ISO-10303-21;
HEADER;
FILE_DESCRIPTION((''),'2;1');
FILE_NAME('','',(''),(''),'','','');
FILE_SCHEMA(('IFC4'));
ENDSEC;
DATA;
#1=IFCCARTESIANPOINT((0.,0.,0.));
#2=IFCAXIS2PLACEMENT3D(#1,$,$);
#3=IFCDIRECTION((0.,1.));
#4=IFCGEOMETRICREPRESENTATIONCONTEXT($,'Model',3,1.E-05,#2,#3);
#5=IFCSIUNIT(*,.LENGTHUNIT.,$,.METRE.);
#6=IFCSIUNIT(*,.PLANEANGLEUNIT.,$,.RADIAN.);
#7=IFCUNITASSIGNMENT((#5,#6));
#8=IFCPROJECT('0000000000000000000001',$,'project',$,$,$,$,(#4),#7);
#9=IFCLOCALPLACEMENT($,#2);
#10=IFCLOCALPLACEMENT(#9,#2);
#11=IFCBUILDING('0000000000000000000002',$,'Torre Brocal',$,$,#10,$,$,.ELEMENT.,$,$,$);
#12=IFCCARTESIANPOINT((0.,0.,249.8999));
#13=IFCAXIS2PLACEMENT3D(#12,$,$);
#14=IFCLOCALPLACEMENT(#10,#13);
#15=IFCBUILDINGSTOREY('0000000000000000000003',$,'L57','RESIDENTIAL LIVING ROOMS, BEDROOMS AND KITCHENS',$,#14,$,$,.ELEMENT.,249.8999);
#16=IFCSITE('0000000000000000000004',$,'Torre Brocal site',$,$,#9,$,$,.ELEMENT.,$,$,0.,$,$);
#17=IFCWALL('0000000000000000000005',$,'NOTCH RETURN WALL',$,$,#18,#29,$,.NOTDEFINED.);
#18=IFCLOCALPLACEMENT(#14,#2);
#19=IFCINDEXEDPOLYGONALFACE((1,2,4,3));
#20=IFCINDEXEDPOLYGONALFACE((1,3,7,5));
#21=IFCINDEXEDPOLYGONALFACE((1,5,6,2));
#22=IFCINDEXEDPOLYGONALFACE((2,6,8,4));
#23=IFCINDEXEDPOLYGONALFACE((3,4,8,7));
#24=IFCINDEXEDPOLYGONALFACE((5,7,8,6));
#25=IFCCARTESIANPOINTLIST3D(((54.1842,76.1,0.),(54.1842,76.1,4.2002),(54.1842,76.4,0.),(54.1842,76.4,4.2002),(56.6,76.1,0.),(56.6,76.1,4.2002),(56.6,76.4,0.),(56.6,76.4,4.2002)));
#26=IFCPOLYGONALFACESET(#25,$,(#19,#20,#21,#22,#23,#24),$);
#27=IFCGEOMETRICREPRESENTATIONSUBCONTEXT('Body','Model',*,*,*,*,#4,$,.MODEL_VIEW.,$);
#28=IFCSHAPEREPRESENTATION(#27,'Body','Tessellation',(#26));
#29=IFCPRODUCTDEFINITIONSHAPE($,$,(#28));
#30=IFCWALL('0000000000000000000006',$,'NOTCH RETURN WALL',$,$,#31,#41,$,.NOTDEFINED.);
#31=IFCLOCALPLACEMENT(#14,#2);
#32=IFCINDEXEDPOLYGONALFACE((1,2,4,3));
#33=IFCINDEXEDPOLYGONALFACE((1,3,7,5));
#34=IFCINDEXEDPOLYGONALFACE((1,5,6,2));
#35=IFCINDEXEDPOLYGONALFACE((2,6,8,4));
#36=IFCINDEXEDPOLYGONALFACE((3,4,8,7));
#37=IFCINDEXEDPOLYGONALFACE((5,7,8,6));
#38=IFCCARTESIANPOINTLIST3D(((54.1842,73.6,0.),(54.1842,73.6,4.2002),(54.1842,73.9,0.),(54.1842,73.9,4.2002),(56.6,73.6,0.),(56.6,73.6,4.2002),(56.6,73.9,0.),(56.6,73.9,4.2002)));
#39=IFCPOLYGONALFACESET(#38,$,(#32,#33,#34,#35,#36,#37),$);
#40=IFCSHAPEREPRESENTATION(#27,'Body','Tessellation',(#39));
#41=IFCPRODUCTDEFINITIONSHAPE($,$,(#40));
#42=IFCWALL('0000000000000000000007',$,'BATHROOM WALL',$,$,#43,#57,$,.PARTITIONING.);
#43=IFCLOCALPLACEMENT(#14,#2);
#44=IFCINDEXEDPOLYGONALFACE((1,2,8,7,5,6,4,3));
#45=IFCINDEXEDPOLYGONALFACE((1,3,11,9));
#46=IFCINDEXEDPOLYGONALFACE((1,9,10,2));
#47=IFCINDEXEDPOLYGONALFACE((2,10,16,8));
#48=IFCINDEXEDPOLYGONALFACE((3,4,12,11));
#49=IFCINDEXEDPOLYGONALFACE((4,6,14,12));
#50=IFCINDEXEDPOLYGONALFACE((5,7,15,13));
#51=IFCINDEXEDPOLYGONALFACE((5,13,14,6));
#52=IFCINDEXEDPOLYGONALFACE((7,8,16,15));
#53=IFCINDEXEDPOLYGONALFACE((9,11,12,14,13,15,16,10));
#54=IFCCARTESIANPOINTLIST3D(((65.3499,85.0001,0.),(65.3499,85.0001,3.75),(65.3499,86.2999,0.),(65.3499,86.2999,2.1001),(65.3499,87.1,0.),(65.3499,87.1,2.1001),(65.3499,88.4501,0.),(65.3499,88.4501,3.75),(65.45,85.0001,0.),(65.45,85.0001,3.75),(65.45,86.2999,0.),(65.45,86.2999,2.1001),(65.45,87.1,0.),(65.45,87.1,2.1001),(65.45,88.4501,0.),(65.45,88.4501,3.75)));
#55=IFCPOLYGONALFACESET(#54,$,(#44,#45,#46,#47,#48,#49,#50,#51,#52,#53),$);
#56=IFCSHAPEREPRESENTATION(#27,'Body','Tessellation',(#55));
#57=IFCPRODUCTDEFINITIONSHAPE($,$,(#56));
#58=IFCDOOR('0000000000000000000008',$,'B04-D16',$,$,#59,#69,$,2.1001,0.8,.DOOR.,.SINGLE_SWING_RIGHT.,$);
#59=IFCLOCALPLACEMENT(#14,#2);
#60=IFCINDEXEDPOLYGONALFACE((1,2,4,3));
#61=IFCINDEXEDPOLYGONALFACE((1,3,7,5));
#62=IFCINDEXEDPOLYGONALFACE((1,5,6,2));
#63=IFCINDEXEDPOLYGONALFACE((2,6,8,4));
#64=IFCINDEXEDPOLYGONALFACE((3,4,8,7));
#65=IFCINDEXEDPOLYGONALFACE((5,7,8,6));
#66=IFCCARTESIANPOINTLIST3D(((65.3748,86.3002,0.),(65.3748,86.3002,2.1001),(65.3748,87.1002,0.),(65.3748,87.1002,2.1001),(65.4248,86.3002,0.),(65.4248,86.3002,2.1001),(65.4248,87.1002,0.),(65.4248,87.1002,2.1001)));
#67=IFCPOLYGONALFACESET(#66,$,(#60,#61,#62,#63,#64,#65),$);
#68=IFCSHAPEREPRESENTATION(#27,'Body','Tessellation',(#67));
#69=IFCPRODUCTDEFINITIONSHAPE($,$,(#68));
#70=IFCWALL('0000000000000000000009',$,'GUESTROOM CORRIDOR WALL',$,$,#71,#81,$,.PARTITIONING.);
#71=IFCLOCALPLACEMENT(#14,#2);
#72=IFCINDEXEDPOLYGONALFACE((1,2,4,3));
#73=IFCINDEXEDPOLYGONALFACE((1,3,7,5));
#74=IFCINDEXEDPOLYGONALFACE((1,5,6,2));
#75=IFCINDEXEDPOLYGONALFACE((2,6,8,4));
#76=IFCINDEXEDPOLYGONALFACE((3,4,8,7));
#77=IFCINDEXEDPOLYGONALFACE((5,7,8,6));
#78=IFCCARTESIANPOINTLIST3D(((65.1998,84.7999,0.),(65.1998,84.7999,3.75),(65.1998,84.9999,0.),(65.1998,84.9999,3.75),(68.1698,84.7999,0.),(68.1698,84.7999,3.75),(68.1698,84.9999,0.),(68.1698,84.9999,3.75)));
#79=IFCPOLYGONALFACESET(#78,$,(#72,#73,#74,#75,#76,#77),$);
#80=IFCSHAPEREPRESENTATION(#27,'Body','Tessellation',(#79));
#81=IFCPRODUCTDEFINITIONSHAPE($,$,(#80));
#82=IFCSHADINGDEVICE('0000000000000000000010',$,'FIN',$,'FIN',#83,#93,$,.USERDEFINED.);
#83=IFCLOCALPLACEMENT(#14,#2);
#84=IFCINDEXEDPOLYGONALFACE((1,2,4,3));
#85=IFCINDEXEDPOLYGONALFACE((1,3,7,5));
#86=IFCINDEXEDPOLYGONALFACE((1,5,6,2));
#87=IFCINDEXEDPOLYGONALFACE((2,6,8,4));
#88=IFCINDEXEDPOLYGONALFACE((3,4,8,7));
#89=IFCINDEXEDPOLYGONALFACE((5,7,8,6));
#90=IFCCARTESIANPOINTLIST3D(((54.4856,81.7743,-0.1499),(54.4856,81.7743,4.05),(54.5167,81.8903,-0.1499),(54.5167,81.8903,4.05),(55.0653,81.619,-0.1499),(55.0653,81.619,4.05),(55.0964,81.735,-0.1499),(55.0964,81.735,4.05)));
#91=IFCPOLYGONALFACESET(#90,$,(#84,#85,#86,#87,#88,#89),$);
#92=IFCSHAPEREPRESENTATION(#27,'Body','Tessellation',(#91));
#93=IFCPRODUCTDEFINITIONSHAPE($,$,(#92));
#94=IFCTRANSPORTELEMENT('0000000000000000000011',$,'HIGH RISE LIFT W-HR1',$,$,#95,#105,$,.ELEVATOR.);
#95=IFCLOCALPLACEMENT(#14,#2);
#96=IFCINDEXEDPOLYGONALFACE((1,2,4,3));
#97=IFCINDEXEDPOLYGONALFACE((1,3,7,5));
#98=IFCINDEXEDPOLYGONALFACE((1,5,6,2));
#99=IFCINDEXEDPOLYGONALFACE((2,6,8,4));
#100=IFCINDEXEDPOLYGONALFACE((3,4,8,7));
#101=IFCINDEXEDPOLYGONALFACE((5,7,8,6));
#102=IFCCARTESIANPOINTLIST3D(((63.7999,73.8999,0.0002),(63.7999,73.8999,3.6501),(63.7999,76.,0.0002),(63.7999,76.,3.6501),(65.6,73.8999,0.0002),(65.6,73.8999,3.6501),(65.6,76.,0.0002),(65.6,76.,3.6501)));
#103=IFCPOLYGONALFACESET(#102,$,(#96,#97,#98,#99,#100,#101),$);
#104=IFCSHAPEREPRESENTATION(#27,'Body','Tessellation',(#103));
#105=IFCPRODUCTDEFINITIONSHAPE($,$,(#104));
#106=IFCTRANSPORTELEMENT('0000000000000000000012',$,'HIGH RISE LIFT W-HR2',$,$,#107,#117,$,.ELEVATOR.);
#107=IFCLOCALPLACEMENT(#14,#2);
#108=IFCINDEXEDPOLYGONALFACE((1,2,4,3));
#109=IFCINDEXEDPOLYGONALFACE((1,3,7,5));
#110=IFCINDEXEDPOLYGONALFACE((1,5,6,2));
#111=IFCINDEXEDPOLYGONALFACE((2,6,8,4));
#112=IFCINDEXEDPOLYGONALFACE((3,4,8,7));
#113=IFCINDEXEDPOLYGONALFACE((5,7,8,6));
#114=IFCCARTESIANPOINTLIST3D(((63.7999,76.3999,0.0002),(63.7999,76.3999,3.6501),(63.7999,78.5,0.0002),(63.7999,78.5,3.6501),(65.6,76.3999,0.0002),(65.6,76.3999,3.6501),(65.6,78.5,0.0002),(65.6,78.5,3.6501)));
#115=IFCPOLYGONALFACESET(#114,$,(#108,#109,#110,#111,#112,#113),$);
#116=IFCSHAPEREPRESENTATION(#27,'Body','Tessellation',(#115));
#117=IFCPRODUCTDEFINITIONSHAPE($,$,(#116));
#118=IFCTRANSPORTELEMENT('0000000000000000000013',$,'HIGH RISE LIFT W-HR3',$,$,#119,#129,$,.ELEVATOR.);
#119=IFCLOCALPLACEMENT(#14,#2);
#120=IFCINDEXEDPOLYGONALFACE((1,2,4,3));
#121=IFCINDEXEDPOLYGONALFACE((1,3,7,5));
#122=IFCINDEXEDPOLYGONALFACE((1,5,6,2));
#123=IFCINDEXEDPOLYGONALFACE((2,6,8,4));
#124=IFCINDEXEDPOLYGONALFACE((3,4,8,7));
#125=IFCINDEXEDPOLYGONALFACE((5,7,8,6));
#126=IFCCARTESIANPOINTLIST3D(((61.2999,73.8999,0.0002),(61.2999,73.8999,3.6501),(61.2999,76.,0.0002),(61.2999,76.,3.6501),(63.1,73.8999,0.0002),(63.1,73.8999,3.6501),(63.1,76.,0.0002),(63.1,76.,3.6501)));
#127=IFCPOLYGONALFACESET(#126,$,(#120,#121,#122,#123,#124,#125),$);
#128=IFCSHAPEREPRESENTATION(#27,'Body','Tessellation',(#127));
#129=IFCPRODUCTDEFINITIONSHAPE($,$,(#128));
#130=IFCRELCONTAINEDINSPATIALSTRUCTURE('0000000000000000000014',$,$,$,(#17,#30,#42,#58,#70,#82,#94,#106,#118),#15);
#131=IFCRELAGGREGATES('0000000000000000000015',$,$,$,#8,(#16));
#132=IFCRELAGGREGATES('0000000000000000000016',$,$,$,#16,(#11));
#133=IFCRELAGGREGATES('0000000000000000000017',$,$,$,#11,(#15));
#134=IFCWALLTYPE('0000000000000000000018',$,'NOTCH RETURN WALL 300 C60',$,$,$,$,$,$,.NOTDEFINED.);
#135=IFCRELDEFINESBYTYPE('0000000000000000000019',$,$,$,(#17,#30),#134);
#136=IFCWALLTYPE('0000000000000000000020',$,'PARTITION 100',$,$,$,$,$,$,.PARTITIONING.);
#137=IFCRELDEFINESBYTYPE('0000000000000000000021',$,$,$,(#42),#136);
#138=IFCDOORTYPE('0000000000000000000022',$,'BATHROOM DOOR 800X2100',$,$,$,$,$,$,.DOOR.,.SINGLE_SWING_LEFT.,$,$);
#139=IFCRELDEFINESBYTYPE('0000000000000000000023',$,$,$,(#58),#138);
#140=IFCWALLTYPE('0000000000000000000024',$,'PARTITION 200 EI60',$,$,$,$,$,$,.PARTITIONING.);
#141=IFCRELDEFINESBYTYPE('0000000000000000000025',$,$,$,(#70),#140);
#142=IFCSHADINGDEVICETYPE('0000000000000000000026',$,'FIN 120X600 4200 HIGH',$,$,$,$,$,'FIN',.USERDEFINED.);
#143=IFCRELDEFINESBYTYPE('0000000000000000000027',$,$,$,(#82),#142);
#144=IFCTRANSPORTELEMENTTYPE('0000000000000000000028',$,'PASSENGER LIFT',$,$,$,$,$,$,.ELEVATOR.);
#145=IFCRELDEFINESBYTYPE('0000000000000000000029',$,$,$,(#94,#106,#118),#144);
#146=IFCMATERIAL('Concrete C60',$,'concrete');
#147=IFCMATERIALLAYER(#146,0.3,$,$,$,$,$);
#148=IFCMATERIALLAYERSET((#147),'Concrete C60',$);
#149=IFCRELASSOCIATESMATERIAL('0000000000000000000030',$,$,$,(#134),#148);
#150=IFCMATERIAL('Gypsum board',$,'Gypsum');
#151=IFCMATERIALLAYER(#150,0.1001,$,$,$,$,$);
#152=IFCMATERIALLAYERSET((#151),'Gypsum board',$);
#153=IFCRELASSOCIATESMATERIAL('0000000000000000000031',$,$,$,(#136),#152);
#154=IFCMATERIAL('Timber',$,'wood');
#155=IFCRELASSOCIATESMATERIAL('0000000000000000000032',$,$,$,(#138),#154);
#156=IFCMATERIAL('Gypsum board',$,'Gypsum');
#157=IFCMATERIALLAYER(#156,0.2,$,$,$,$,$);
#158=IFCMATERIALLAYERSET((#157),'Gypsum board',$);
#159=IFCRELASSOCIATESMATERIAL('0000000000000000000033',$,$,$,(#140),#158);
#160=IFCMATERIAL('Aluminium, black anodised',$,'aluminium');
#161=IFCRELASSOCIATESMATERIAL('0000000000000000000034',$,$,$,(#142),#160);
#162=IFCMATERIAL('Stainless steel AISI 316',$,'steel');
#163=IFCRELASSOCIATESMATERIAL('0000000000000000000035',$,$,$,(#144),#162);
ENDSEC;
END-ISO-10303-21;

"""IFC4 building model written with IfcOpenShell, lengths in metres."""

from ifc_helpers import new_model, si_unit, direction, frame, frame_2d, origin, origin_2d, place, context, subcontext, project, spatial, rectangle, extrude, material, layer, layer_set, material_profile, profile_set, type_object, element, fill, save


model = new_model("IFC4")

# Units and contexts
model_context = context("Model", 3, precision=1e-05, world=origin(), true_north=direction((0.0, 1.0)))
body_context = subcontext(model_context, "Body", "Model", "MODEL_VIEW")
ifc_project = project(units=[si_unit("LENGTHUNIT", "METRE"), si_unit("PLANEANGLEUNIT", "RADIAN")], contexts=[model_context])

# Site, building, storey
site_placement = place(None, origin())
site = spatial("IfcSite", under=ifc_project, at=site_placement, Name="Torre Brocal site", CompositionType="ELEMENT", RefElevation=0.0)
building_placement = place(site_placement, origin())
building = spatial("IfcBuilding", under=site, at=building_placement, Name="Torre Brocal", CompositionType="ELEMENT")
storey_placement = place(building_placement, frame((0.0, 0.0, 249.8999)))
storey = spatial("IfcBuildingStorey", under=building, at=storey_placement, Name="L57", Description="RESIDENTIAL LIVING ROOMS, BEDROOMS AND KITCHENS", CompositionType="ELEMENT", Elevation=249.8999)

# Walls
ifc_material_1 = material(Name="Concrete C60", Category="concrete")
ifc_layer_1 = layer(ifc_material_1, 0.3)
ifc_layer_set_1 = layer_set([ifc_layer_1], Name="Concrete C60")
wall_type_1 = type_object("IfcWallType", Name="NOTCH RETURN WALL 300 C60", PredefinedType="NOTDEFINED", material=ifc_layer_set_1)
for number, where, z_axis, x_axis, name in (
    (1, (56.6001, 76.25, 0.0), (0.0, 0.0, 1.0), (-1.0, 0.0, 0.0), "NOTCH RETURN WALL"),
    (2, (56.6001, 73.75, 0.0), (0.0, 0.0, 1.0), (-1.0, 0.0, 0.0), "NOTCH RETURN WALL"),
):
    element("IfcWall", number, at=place(storey_placement, frame(where, z_axis=z_axis, x_axis=x_axis)), inside=storey, type_object=wall_type_1, Name=name, PredefinedType="NOTDEFINED", context=body_context, shape_type="SweptSolid", body=[
        extrude(rectangle(XDim=2.4158, YDim=0.3, at=frame_2d((1.208, 0.0))), origin(), (0.0, 0.0, 1.0), 4.2002),
    ])

# Wall, opening, door
ifc_material_2 = material(Name="Gypsum board", Category="Gypsum")
ifc_layer_2 = layer(ifc_material_2, 0.1001)
ifc_layer_set_2 = layer_set([ifc_layer_2], Name="Gypsum board")
wall_type_2 = type_object("IfcWallType", Name="PARTITION 100", PredefinedType="PARTITIONING", material=ifc_layer_set_2)
wall_1_placement = place(storey_placement, frame((65.3999, 85.0, 0.0), z_axis=(0.0, 0.0, 1.0), x_axis=(0.0, 1.0, 0.0)))
wall_1 = element("IfcWall", 3, at=wall_1_placement, inside=storey, type_object=wall_type_2, Name="BATHROOM WALL", PredefinedType="PARTITIONING", context=body_context, shape_type="SweptSolid", body=[
    extrude(rectangle(XDim=3.45, YDim=0.1001, at=frame_2d((1.7251, 0.0))), origin(), (0.0, 0.0, 1.0), 3.75),
])
opening_placement = place(wall_1_placement, frame((1.3, 0.0, 0.0)))
opening = element("IfcOpeningElement", 4, at=opening_placement, cuts=wall_1, PredefinedType="OPENING", context=body_context, shape_type="SweptSolid", body=[
    extrude(rectangle(XDim=0.8, YDim=2.1001, at=frame_2d((0.3999, 1.05))), frame((0.0, 0.0601, 0.0), z_axis=(0.0, -1.0, 0.0), x_axis=(1.0, 0.0, 0.0)), (0.0, 0.0, 1.0), 0.1201),
])
ifc_material_3 = material(Name="Timber", Category="wood")
door_type = type_object("IfcDoorType", Name="BATHROOM DOOR 800X2100", OperationType="SINGLE_SWING_LEFT", PredefinedType="DOOR", material=ifc_material_3)
door_placement = place(opening_placement, frame((0.8, 0.0, 0.0), z_axis=(0.0, 0.0, 1.0), x_axis=(-1.0, 0.0, 0.0)))
door = element("IfcDoor", 5, at=door_placement, inside=storey, type_object=door_type, Name="B04-D16", OperationType="SINGLE_SWING_RIGHT", OverallHeight=2.1001, OverallWidth=0.8, PredefinedType="DOOR", context=body_context, shape_type="SweptSolid", body=[
    extrude(rectangle(XDim=0.8, YDim=2.1001, at=frame_2d((0.3999, 1.05))), frame((0.0, 0.0249, 0.0), z_axis=(0.0, -1.0, 0.0), x_axis=(1.0, 0.0, 0.0)), (0.0, 0.0, 1.0), 0.05),
])
fill(opening, door)

# Wall
ifc_material_4 = material(Name="Gypsum board", Category="Gypsum")
ifc_layer_3 = layer(ifc_material_4, 0.2)
ifc_layer_set_3 = layer_set([ifc_layer_3], Name="Gypsum board")
wall_type_3 = type_object("IfcWallType", Name="PARTITION 200 EI60", PredefinedType="PARTITIONING", material=ifc_layer_set_3)
wall_2_placement = place(storey_placement, frame((65.2, 84.8999, 0.0), z_axis=(0.0, 0.0, 1.0), x_axis=(1.0, 0.0, 0.0)))
element("IfcWall", 6, at=wall_2_placement, inside=storey, type_object=wall_type_3, Name="GUESTROOM CORRIDOR WALL", PredefinedType="PARTITIONING", context=body_context, shape_type="SweptSolid", body=[
    extrude(rectangle(XDim=2.97, YDim=0.2, at=frame_2d((1.4849, 0.0))), origin(), (0.0, 0.0, 1.0), 3.75),
])

# Shading device
ifc_material_5 = material(Name="Aluminium, black anodised", Category="aluminium")
ifc_material_profile_1 = material_profile(ifc_material_5, rectangle(XDim=0.1201, YDim=0.6001, at=origin_2d()), Name="FIN 120X600 4200 HIGH")
ifc_profile_set_1 = profile_set([ifc_material_profile_1], Name="Aluminium, black anodised")
shading_device_type = type_object("IfcShadingDeviceType", Name="FIN 120X600 4200 HIGH", ElementType="FIN", PredefinedType="USERDEFINED", material=ifc_profile_set_1)
shading_device_placement = place(storey_placement, frame((54.791, 81.7546, -0.1499), z_axis=(0.0, 0.0, 1.0), x_axis=(-0.258819, -0.965926, 0.0)))
element("IfcShadingDevice", 7, at=shading_device_placement, inside=storey, type_object=shading_device_type, Name="FIN", ObjectType="FIN", PredefinedType="USERDEFINED", context=body_context, shape_type="SweptSolid", body=[
    extrude(rectangle(XDim=0.1201, YDim=0.6001, at=origin_2d()), origin(), (0.0, 0.0, 1.0), 4.2),
])

# Transport elements
ifc_material_6 = material(Name="Stainless steel AISI 316", Category="steel")
transport_element_type = type_object("IfcTransportElementType", Name="PASSENGER LIFT", PredefinedType="ELEVATOR", material=ifc_material_6)
for number, where, z_axis, x_axis, name in (
    (8, (64.7, 74.95, 0.0002), (0.0, 0.0, 1.0), (1.0, 0.0, 0.0), "HIGH RISE LIFT W-HR1"),
    (9, (64.7, 77.45, 0.0002), (0.0, 0.0, 1.0), (1.0, 0.0, 0.0), "HIGH RISE LIFT W-HR2"),
    (10, (62.2, 74.95, 0.0002), (0.0, 0.0, 1.0), (1.0, 0.0, 0.0), "HIGH RISE LIFT W-HR3"),
):
    element("IfcTransportElement", number, at=place(storey_placement, frame(where, z_axis=z_axis, x_axis=x_axis)), inside=storey, type_object=transport_element_type, Name=name, PredefinedType="ELEVATOR", context=body_context, shape_type="SweptSolid", body=[
        extrude(rectangle(XDim=1.8, YDim=2.1001, at=origin_2d()), origin(), (0.0, 0.0, 1.0), 3.6499),
    ])

save(model, "model.ifc")
